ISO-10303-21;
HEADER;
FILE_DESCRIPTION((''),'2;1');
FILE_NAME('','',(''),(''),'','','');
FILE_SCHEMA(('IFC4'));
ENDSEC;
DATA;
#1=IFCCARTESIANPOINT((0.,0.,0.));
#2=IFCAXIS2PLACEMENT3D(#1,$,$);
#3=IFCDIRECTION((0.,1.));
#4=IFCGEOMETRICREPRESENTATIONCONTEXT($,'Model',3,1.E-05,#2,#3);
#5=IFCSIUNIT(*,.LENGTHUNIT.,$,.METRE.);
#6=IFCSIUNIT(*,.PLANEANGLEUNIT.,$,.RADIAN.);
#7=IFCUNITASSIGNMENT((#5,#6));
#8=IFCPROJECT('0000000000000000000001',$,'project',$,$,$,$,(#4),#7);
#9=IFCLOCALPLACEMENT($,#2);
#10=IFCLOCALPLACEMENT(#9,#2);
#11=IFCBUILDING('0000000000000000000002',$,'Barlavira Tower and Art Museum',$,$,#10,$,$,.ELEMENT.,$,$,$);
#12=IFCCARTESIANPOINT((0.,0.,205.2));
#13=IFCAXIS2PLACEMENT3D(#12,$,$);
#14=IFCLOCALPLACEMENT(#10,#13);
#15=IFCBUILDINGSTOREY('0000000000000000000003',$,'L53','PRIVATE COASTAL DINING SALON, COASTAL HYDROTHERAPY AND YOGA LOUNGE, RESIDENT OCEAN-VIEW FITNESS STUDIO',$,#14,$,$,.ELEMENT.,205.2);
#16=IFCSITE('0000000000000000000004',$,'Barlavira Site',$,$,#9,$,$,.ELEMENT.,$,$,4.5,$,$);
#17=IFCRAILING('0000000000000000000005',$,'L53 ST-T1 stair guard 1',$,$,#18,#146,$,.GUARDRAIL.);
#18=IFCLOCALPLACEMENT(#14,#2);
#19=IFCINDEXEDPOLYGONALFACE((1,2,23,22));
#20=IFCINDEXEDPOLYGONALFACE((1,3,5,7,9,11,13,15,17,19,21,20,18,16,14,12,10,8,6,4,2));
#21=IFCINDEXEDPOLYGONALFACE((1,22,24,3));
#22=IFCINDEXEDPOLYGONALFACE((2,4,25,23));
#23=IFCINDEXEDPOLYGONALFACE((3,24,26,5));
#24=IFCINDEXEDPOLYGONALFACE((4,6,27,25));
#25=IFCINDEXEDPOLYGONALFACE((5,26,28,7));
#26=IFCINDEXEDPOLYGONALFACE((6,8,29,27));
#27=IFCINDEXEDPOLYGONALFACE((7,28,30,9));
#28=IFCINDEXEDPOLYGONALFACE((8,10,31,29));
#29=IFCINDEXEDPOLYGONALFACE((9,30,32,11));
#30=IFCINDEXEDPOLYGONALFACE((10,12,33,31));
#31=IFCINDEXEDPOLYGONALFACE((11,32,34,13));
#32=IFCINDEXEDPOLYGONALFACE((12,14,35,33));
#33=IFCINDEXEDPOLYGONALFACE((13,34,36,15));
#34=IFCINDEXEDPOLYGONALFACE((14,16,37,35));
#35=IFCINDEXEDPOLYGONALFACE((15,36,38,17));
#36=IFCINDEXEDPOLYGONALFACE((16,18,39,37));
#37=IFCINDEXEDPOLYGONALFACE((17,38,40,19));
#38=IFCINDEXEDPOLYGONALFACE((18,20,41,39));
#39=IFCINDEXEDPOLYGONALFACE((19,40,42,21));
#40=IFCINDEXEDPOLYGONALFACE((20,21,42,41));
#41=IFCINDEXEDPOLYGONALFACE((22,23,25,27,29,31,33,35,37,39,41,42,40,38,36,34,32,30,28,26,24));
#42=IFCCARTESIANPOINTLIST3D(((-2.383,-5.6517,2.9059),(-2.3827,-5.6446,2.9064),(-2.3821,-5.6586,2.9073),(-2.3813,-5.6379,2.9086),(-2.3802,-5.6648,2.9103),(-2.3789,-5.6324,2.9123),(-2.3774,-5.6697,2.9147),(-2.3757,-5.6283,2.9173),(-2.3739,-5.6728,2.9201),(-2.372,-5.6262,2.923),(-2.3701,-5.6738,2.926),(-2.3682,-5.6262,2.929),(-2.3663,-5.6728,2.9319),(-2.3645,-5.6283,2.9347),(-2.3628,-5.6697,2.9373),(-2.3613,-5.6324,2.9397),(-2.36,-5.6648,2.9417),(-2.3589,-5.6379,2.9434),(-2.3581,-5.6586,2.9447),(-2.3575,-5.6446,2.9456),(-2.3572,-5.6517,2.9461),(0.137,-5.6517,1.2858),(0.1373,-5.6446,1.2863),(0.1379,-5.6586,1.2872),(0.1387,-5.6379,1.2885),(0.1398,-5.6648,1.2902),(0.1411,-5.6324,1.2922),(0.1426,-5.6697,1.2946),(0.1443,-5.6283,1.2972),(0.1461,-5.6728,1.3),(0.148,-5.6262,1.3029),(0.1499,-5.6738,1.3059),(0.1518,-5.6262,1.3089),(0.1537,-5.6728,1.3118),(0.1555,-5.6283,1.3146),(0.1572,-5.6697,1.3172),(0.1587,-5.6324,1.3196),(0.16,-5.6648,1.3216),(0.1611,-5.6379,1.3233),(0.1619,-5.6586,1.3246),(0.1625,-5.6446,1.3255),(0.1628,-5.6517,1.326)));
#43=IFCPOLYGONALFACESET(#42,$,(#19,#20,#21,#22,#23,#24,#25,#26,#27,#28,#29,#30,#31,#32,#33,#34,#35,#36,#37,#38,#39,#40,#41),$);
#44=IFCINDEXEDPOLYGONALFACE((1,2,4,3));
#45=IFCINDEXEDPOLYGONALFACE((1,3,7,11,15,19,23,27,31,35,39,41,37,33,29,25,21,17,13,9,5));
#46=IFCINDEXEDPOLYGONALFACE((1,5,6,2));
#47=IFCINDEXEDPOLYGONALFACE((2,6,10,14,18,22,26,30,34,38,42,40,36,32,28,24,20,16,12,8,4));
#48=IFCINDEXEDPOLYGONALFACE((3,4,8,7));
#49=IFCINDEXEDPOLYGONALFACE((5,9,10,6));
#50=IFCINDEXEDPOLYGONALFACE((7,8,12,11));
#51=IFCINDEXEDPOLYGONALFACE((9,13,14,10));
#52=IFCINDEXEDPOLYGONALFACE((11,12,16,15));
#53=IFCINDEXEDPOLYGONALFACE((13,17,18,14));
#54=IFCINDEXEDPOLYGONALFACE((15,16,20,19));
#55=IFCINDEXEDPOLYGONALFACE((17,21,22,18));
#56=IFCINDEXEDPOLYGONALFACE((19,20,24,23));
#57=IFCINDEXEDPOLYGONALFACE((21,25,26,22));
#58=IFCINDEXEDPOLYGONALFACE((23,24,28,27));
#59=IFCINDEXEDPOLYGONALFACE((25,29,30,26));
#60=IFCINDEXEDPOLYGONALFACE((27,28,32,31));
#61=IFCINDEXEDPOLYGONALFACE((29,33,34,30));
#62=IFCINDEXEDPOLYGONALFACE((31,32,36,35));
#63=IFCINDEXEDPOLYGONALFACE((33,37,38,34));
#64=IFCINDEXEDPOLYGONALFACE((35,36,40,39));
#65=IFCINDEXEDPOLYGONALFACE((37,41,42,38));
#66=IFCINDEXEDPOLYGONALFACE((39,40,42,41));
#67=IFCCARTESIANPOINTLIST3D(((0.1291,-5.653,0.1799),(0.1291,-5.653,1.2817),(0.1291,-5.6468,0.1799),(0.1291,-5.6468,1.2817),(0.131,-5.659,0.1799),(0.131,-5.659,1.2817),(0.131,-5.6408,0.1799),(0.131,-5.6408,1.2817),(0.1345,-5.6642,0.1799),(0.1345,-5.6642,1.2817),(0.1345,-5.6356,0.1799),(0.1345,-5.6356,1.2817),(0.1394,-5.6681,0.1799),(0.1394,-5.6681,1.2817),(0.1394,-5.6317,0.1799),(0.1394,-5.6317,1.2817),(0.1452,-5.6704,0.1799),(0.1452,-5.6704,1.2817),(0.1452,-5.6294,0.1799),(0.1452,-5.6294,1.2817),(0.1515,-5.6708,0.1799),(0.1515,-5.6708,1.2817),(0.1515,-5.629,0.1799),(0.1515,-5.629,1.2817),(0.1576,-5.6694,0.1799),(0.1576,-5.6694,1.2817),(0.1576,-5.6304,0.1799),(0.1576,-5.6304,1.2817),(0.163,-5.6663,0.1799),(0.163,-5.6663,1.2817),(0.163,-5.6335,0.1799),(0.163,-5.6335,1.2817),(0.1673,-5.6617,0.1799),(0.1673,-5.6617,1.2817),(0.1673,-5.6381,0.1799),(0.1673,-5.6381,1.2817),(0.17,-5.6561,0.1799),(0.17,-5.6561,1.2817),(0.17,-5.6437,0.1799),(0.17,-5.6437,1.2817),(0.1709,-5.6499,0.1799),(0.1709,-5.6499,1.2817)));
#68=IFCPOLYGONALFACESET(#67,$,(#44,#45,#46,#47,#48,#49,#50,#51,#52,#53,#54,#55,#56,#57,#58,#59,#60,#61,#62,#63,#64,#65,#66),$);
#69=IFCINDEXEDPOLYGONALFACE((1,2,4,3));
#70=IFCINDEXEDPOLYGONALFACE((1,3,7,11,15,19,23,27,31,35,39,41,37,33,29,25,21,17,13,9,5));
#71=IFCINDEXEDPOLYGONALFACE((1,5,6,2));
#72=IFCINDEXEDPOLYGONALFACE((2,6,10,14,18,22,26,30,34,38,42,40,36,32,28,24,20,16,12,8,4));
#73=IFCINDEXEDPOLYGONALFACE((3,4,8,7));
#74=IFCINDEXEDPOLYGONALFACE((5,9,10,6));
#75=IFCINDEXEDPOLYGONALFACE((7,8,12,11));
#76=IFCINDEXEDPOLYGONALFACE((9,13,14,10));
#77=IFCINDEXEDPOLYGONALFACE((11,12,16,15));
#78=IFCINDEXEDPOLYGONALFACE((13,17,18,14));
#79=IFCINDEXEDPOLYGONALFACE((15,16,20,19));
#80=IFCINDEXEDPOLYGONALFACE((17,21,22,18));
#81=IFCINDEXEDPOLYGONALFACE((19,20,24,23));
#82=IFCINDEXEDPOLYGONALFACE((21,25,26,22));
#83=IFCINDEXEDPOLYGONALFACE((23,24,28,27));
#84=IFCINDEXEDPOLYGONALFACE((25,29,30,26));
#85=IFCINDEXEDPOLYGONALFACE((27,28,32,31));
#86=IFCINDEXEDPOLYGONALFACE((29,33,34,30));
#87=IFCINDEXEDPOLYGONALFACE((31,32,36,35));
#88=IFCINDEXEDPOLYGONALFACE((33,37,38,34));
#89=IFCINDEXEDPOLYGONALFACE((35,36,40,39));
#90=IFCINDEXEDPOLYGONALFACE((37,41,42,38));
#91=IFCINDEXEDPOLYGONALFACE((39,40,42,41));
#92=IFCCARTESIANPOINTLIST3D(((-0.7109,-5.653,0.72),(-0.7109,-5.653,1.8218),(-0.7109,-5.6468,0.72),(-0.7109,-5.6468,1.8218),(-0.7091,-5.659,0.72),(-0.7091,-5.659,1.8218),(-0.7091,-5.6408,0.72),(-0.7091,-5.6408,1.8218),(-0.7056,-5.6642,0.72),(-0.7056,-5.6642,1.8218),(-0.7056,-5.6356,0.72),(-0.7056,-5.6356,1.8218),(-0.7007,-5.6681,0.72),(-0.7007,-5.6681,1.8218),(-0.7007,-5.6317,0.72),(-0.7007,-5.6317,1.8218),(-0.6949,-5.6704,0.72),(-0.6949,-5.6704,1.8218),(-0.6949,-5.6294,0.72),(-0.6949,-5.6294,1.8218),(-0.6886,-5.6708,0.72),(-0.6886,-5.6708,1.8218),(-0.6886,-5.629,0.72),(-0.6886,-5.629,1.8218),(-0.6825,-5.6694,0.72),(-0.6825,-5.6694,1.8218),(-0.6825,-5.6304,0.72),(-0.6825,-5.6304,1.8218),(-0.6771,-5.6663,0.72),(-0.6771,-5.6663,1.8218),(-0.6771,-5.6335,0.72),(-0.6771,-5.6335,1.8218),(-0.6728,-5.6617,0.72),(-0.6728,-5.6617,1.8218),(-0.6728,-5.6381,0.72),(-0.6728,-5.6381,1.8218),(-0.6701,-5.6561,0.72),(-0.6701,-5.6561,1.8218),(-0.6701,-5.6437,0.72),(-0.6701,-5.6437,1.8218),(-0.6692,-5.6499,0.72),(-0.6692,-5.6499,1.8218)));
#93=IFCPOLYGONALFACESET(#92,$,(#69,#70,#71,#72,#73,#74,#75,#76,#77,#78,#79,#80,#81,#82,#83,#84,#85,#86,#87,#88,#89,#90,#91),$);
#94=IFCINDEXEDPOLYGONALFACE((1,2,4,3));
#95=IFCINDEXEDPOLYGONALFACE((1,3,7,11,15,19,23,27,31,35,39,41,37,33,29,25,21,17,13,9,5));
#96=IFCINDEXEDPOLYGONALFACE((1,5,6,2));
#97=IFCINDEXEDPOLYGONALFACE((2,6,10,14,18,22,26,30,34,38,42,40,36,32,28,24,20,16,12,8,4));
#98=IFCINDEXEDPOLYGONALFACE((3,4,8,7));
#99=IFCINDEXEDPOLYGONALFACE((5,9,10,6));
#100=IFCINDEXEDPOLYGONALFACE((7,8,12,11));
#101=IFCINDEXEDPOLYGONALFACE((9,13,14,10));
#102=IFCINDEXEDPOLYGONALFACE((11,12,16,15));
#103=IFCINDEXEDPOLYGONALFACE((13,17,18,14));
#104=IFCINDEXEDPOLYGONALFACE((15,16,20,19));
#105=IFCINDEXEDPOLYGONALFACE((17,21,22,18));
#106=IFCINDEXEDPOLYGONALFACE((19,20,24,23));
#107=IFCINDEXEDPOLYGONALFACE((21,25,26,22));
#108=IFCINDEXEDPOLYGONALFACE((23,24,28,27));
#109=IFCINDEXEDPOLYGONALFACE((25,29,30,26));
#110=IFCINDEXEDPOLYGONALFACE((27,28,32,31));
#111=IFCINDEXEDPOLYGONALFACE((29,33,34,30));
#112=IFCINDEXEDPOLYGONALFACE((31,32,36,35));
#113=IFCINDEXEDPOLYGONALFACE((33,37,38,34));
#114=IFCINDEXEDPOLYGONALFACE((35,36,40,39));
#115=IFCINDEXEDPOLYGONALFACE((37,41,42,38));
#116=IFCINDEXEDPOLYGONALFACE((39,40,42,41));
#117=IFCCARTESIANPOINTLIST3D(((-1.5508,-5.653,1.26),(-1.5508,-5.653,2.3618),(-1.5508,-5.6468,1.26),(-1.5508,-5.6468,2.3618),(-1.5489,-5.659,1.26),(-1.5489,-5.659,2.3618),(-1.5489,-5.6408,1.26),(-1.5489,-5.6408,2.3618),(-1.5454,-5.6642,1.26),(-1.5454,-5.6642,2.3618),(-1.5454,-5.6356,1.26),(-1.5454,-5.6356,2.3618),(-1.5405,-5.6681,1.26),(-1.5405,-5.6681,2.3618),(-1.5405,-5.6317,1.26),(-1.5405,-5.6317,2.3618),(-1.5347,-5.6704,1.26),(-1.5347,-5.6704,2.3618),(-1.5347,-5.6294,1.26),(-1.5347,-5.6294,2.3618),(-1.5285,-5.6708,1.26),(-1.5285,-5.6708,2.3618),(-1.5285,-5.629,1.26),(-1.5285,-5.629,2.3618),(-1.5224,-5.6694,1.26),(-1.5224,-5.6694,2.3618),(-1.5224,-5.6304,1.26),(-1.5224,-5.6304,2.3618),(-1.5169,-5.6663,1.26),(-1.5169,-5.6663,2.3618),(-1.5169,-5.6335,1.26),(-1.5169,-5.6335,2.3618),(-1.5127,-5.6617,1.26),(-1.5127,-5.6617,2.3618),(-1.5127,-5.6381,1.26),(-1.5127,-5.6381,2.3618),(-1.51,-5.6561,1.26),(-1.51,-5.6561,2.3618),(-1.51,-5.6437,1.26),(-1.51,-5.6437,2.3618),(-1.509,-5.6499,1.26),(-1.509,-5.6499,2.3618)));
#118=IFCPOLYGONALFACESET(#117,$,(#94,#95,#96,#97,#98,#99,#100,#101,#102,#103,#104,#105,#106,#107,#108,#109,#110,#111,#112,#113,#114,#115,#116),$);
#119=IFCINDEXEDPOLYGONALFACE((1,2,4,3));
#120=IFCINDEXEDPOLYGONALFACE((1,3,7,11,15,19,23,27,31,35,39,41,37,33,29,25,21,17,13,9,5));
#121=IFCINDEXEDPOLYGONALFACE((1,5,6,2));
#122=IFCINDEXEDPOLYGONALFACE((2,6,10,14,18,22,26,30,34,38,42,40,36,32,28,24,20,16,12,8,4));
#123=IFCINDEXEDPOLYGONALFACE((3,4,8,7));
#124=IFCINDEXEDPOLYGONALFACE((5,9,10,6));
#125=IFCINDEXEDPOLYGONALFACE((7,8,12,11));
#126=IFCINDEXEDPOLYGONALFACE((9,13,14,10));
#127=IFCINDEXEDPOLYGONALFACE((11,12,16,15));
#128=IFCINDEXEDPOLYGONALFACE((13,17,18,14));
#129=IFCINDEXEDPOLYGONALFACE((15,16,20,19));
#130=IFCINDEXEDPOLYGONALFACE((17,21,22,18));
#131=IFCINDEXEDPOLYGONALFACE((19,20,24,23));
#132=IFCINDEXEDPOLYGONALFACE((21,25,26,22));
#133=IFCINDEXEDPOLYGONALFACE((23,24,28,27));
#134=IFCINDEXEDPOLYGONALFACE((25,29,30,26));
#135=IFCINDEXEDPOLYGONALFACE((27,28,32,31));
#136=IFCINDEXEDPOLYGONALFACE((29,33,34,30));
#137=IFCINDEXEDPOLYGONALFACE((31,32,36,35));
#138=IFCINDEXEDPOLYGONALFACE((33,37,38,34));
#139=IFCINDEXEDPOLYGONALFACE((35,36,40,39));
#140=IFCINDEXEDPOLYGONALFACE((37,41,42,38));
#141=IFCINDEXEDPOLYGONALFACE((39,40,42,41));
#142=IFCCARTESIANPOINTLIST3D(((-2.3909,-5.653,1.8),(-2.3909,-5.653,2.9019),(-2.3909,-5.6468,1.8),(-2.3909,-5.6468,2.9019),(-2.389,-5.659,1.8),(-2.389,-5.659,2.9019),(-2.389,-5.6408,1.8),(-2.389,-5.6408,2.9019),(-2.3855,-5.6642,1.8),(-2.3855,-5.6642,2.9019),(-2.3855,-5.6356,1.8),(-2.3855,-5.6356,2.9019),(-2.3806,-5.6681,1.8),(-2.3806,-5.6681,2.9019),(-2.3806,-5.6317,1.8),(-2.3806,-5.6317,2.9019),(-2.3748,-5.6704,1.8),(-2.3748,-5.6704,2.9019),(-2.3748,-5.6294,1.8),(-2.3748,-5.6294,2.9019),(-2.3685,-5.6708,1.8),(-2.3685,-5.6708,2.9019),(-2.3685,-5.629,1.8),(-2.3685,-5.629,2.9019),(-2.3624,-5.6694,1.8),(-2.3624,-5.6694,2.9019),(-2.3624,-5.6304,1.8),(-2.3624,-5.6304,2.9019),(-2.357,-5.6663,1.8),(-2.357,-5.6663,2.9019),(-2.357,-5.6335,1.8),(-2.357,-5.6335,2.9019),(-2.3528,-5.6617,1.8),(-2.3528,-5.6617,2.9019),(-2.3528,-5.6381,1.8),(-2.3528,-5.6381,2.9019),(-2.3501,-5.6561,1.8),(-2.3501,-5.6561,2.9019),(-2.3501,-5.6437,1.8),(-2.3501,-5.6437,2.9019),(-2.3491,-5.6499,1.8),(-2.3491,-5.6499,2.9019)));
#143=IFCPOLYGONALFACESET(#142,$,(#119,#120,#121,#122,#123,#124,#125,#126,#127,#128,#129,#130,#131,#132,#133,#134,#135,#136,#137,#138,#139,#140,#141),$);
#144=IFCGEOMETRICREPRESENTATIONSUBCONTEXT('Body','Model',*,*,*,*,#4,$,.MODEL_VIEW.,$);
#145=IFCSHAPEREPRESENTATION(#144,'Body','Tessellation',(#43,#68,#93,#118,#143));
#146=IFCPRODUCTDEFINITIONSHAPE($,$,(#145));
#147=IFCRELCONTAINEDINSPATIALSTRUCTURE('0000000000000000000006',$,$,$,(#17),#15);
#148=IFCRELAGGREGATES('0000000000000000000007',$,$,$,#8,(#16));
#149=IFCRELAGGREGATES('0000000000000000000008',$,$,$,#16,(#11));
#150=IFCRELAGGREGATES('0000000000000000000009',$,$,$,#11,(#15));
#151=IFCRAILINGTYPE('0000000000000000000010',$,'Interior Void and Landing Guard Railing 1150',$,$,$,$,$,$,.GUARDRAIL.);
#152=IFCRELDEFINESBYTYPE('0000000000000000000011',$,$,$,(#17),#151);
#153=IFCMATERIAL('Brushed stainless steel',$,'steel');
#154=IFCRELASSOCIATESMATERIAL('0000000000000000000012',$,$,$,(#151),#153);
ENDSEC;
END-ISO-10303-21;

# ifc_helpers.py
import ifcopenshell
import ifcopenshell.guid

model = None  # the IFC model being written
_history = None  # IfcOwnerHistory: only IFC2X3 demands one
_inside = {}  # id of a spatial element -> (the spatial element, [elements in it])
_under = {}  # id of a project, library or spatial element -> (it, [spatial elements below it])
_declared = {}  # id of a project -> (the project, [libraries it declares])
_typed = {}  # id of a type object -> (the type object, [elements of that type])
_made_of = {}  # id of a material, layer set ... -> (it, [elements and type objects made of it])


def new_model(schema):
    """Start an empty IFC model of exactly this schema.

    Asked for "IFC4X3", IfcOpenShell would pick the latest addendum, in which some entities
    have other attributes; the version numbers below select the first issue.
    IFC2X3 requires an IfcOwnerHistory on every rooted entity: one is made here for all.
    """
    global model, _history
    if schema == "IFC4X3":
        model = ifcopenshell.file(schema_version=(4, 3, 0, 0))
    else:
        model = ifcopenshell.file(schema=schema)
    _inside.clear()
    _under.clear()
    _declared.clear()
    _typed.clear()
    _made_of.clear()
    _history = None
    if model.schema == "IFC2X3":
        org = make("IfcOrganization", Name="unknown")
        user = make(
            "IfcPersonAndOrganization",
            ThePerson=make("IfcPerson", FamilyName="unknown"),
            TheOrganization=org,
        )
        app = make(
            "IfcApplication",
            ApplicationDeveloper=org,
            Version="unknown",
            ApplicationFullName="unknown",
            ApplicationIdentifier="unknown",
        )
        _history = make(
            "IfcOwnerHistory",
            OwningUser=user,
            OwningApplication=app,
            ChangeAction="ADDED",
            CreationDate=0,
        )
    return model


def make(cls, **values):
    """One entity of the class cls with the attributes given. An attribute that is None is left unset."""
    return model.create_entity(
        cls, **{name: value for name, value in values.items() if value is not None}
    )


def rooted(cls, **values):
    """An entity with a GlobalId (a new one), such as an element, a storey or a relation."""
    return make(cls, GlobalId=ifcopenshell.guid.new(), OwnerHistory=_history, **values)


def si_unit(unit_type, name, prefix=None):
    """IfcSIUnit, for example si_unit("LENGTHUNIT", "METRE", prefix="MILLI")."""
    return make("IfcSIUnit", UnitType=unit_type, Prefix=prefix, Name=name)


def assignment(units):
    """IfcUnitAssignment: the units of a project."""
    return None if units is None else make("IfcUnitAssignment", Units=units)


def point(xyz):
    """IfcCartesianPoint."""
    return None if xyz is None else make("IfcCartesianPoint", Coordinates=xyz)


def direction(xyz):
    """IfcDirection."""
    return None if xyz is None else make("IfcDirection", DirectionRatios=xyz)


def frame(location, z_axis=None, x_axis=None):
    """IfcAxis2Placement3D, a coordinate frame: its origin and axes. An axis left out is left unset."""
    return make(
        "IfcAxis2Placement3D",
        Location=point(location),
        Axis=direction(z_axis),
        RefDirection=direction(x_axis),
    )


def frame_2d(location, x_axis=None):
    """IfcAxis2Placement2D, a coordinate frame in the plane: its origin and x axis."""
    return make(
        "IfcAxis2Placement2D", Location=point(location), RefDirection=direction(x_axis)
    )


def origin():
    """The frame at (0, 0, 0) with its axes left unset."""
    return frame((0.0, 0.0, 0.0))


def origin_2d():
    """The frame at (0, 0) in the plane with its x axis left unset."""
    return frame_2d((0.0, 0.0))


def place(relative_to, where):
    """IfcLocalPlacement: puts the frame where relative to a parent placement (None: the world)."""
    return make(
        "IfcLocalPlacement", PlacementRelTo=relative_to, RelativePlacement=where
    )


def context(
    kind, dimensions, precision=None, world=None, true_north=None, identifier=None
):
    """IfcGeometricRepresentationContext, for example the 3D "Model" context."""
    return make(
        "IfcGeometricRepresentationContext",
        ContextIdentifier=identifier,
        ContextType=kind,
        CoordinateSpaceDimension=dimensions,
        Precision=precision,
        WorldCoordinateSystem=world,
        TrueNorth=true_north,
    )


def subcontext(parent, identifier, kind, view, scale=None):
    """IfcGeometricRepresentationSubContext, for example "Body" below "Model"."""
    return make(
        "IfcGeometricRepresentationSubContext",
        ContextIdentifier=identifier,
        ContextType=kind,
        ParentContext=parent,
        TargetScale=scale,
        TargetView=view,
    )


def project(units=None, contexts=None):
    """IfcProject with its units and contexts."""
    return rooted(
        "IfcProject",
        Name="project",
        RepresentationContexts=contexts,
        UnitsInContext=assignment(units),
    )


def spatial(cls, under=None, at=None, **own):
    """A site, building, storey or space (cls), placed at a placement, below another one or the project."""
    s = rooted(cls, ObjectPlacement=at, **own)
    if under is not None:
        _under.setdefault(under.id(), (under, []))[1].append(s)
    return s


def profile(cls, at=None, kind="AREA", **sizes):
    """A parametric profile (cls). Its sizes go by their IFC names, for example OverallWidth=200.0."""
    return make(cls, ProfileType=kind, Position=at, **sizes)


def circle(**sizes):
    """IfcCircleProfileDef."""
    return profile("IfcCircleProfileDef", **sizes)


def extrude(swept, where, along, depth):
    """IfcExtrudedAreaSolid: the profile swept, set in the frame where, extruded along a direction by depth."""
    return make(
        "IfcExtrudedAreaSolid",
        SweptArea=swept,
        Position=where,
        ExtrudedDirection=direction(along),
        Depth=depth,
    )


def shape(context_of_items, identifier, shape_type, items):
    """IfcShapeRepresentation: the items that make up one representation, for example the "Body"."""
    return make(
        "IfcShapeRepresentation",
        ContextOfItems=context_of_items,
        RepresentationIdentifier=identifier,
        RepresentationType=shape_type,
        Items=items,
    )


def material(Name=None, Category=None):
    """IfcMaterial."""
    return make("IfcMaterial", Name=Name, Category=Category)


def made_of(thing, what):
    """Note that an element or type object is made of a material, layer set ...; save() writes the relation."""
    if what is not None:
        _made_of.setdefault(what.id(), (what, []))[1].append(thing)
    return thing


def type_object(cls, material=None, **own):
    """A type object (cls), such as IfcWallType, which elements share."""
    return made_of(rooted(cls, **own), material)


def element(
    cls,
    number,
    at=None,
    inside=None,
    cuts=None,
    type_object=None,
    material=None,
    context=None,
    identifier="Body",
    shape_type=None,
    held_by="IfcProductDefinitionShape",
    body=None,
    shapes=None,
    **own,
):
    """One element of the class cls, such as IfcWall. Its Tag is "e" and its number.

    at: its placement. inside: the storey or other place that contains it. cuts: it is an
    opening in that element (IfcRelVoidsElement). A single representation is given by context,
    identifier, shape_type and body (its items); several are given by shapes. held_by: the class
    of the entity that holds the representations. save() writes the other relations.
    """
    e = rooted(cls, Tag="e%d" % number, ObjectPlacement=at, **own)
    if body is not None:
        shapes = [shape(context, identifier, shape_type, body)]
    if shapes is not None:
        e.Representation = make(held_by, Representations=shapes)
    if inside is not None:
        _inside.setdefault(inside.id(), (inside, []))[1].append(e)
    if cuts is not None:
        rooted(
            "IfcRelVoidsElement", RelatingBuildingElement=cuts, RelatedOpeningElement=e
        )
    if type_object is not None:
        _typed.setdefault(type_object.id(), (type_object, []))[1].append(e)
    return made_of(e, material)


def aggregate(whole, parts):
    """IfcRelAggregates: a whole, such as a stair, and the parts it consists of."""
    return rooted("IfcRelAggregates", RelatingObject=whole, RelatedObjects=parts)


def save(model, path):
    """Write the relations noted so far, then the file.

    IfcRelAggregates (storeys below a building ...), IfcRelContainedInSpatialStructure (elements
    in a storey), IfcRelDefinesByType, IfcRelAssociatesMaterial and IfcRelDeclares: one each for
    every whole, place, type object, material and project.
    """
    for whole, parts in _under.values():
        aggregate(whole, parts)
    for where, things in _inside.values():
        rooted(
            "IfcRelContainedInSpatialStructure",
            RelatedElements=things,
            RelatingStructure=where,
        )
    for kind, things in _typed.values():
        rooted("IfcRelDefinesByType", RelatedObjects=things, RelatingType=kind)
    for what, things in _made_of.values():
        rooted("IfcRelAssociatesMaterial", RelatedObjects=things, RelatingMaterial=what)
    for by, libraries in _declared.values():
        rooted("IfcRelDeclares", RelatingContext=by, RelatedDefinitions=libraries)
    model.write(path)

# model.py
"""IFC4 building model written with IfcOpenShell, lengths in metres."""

from ifc_helpers import new_model, si_unit, direction, frame, origin, origin_2d, place, context, subcontext, project, spatial, circle, extrude, material, type_object, element, save


model = new_model("IFC4")

# Units and contexts
model_context = context("Model", 3, precision=1e-05, world=origin(), true_north=direction((0.0, 1.0)))
body_context = subcontext(model_context, "Body", "Model", "MODEL_VIEW")
ifc_project = project(units=[si_unit("LENGTHUNIT", "METRE"), si_unit("PLANEANGLEUNIT", "RADIAN")], contexts=[model_context])

# Site, building, storey
site_placement = place(None, origin())
site = spatial("IfcSite", under=ifc_project, at=site_placement, Name="Barlavira Site", CompositionType="ELEMENT", RefElevation=4.5)
building_placement = place(site_placement, origin())
building = spatial("IfcBuilding", under=site, at=building_placement, Name="Barlavira Tower and Art Museum", CompositionType="ELEMENT")
storey_placement = place(building_placement, frame((0.0, 0.0, 205.2)))
storey = spatial("IfcBuildingStorey", under=building, at=storey_placement, Name="L53", Description="PRIVATE COASTAL DINING SALON, COASTAL HYDROTHERAPY AND YOGA LOUNGE, RESIDENT OCEAN-VIEW FITNESS STUDIO", CompositionType="ELEMENT", Elevation=205.2)

# Shared definitions
ifc_material_1 = material(Name="Brushed stainless steel", Category="steel")

# Railing
railing_type_1 = type_object("IfcRailingType", Name="Interior Void and Landing Guard Railing 1150", PredefinedType="GUARDRAIL", material=ifc_material_1)
railing_1_placement = place(storey_placement, frame((0.1499, -5.6499, 0.1799)))
element("IfcRailing", 1, at=railing_1_placement, inside=storey, type_object=railing_type_1, Name="L53 ST-T1 stair guard 1", PredefinedType="GUARDRAIL", context=body_context, shape_type="SweptSolid", body=[
    extrude(circle(Radius=0.0239, at=origin_2d()), frame((0.0, 0.0, 1.126), z_axis=(-0.841163, 0.0, 0.540782), x_axis=(0.0, -1.0, 0.0)), (0.0, 0.0, 1.0), 2.9958),
    extrude(circle(Radius=0.021, at=origin_2d()), origin(), (0.0, 0.0, 1.0), 1.1018),
    extrude(circle(Radius=0.021, at=origin_2d()), frame((-0.8401, 0.0, 0.54)), (0.0, 0.0, 1.0), 1.1018),
    extrude(circle(Radius=0.021, at=origin_2d()), frame((-1.6799, 0.0, 1.0801)), (0.0, 0.0, 1.0), 1.1018),
    extrude(circle(Radius=0.021, at=origin_2d()), frame((-2.52, 0.0, 1.6201)), (0.0, 0.0, 1.0), 1.1018),
])

save(model, "model.ifc")
